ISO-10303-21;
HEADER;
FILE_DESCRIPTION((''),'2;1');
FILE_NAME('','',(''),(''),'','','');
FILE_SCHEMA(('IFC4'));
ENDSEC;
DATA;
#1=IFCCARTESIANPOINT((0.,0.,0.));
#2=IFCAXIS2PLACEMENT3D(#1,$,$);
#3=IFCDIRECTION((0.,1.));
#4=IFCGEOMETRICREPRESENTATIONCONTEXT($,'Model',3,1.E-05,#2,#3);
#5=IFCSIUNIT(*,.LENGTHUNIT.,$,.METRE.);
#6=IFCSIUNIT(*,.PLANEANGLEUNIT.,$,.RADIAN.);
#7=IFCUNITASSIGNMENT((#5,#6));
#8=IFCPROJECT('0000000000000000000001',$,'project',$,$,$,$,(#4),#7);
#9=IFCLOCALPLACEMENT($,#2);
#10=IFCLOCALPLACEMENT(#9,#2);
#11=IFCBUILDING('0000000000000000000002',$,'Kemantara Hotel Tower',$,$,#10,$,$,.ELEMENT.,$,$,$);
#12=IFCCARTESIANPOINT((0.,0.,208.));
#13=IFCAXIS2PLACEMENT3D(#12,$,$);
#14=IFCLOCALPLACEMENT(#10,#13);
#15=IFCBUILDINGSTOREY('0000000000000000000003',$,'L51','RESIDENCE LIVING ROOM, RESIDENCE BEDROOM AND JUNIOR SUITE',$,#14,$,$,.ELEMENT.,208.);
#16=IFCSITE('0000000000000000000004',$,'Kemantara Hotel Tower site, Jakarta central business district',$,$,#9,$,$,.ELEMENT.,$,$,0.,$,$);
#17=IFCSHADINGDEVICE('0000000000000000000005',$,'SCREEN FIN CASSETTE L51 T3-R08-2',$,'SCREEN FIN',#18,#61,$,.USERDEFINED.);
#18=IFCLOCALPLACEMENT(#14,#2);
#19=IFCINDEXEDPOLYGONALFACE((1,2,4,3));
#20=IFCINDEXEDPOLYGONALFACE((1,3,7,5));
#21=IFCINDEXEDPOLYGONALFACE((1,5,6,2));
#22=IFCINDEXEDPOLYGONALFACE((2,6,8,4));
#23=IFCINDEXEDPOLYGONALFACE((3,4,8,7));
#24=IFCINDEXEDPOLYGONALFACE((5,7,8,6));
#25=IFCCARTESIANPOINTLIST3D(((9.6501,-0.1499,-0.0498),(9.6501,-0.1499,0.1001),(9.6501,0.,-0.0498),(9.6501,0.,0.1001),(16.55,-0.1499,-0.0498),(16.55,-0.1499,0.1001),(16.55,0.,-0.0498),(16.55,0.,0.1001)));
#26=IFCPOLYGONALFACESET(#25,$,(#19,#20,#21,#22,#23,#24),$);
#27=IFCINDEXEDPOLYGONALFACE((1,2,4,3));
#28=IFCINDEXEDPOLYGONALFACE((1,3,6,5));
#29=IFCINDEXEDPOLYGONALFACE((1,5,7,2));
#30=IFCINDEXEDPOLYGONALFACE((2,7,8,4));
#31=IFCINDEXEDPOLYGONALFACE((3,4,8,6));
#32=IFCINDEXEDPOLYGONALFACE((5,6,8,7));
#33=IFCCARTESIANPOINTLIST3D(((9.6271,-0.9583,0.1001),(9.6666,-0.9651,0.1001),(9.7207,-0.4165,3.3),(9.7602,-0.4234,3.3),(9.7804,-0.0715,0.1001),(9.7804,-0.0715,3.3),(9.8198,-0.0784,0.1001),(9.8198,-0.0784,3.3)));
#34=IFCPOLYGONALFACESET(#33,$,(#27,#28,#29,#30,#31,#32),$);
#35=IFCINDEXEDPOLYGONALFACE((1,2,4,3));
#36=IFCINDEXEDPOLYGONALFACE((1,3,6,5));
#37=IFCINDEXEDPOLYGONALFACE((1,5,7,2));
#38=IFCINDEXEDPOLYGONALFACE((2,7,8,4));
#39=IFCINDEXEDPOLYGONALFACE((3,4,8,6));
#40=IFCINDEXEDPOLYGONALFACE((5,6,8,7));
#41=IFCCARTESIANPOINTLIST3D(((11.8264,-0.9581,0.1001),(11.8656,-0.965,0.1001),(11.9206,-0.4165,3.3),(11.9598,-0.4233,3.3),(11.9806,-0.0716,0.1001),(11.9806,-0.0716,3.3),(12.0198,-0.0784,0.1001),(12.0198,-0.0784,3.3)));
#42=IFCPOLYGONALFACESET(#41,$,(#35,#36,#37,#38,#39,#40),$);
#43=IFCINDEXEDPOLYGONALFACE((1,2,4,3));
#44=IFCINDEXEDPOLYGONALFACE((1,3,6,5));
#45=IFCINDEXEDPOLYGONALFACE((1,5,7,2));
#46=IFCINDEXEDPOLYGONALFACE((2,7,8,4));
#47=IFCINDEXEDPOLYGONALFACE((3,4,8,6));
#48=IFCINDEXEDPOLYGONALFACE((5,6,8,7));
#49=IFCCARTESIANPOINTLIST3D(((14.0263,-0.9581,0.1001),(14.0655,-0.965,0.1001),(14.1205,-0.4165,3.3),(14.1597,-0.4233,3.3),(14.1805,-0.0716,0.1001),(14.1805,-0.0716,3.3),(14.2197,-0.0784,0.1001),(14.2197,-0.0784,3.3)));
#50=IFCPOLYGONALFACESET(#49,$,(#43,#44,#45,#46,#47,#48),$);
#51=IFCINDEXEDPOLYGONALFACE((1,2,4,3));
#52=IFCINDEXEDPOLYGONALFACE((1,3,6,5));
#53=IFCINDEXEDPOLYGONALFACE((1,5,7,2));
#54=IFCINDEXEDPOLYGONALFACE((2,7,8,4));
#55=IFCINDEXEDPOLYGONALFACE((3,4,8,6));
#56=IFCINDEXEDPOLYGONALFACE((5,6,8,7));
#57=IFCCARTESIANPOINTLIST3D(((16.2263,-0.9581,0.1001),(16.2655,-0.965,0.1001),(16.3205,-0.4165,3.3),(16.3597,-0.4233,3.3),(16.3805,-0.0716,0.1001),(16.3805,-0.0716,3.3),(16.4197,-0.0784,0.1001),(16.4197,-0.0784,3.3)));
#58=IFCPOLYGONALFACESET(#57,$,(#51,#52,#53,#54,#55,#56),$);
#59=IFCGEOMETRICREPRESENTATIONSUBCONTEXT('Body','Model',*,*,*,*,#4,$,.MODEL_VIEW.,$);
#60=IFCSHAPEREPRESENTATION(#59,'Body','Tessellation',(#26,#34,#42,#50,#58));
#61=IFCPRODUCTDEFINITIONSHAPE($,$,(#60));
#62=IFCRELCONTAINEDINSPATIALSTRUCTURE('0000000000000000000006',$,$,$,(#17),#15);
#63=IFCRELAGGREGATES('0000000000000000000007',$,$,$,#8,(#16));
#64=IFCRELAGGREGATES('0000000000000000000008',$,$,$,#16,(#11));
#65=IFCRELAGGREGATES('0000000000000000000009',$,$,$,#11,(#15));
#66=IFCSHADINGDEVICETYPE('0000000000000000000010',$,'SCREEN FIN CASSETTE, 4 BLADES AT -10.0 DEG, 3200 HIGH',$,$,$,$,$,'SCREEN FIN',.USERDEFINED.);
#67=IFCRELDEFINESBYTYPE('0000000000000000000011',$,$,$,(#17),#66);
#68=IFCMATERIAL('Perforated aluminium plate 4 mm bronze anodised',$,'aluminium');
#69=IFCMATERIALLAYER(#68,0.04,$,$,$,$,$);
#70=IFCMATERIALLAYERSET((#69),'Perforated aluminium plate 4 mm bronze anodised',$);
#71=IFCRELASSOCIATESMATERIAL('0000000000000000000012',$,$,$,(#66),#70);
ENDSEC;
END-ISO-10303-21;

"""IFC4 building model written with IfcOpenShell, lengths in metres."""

from ifc_helpers import new_model, si_unit, direction, frame, origin, origin_2d, place, context, subcontext, project, spatial, polyline, rectangle, outline, extrude, source, transform, mapped, material, layer, layer_set, type_object, element, save


model = new_model("IFC4")

# Units and contexts
model_context = context("Model", 3, precision=1e-05, world=origin(), true_north=direction((0.0, 1.0)))
body_context = subcontext(model_context, "Body", "Model", "MODEL_VIEW")
ifc_project = project(units=[si_unit("LENGTHUNIT", "METRE"), si_unit("PLANEANGLEUNIT", "RADIAN")], contexts=[model_context])

# Site, building, storey
site_placement = place(None, origin())
site = spatial("IfcSite", under=ifc_project, at=site_placement, Name="Kemantara Hotel Tower site, Jakarta central business district", CompositionType="ELEMENT", RefElevation=0.0)
building_placement = place(site_placement, origin())
building = spatial("IfcBuilding", under=site, at=building_placement, Name="Kemantara Hotel Tower", CompositionType="ELEMENT")
storey_placement = place(building_placement, frame((0.0, 0.0, 208.0)))
storey = spatial("IfcBuildingStorey", under=building, at=storey_placement, Name="L51", Description="RESIDENCE LIVING ROOM, RESIDENCE BEDROOM AND JUNIOR SUITE", CompositionType="ELEMENT", Elevation=208.0)

# Shading device
ifc_material_1 = material(Name="Perforated aluminium plate 4 mm bronze anodised", Category="aluminium")
ifc_layer_1 = layer(ifc_material_1, 0.04)
ifc_layer_set_1 = layer_set([ifc_layer_1], Name="Perforated aluminium plate 4 mm bronze anodised")
shading_device_type_1 = type_object("IfcShadingDeviceType", Name="SCREEN FIN CASSETTE, 4 BLADES AT -10.0 DEG, 3200 HIGH", ElementType="SCREEN FIN", PredefinedType="USERDEFINED", material=ifc_layer_set_1)
shared_shape_1 = source(origin(), body_context, "Body", "SweptSolid", [
    extrude(rectangle(XDim=6.8999, YDim=0.1499, at=origin_2d()), frame((3.3, -0.075, -0.1499), z_axis=(0.0, 0.0, 1.0), x_axis=(1.0, 0.0, 0.0)), (0.0, 0.0, 1.0), 0.1499),
    extrude(outline(polyline([(0.0, 0.0), (0.8999, 0.0), (0.3501, 3.2), (0.0, 3.2), (0.0, 0.0)])), frame((0.0198, -0.0784, 0.0), z_axis=(-0.98539, 0.170314, 0.0), x_axis=(-0.170314, -0.98539, 0.0)), (0.0, 0.0, 1.0), 0.04),
    extrude(outline(polyline([(0.0, 0.0), (0.8999, 0.0), (0.3501, 3.2), (0.0, 3.2), (0.0, 0.0)])), frame((2.2197, -0.0784, 0.0), z_axis=(-0.985212, 0.171341, 0.0), x_axis=(-0.171341, -0.985212, 0.0)), (0.0, 0.0, 1.0), 0.0398),
    extrude(outline(polyline([(0.0, 0.0), (0.8999, 0.0), (0.3501, 3.2), (0.0, 3.2), (0.0, 0.0)])), frame((4.4197, -0.0784, 0.0), z_axis=(-0.985212, 0.171341, 0.0), x_axis=(-0.171341, -0.985212, 0.0)), (0.0, 0.0, 1.0), 0.0398),
    extrude(outline(polyline([(0.0, 0.0), (0.8999, 0.0), (0.3501, 3.2), (0.0, 3.2), (0.0, 0.0)])), frame((6.6196, -0.0784, 0.0), z_axis=(-0.985212, 0.171341, 0.0), x_axis=(-0.171341, -0.985212, 0.0)), (0.0, 0.0, 1.0), 0.0398),
])
shading_device_placement = place(storey_placement, frame((9.8, 0.0, 0.1001), z_axis=(0.0, 0.0, 1.0), x_axis=(1.0, 0.0, 0.0)))
element("IfcShadingDevice", 1, at=shading_device_placement, inside=storey, type_object=shading_device_type_1, Name="SCREEN FIN CASSETTE L51 T3-R08-2", ObjectType="SCREEN FIN", PredefinedType="USERDEFINED", context=body_context, shape_type="MappedRepresentation", body=[
    mapped(shared_shape_1, transform((0.0, 0.0, 0.0))),
])

save(model, "model.ifc")
